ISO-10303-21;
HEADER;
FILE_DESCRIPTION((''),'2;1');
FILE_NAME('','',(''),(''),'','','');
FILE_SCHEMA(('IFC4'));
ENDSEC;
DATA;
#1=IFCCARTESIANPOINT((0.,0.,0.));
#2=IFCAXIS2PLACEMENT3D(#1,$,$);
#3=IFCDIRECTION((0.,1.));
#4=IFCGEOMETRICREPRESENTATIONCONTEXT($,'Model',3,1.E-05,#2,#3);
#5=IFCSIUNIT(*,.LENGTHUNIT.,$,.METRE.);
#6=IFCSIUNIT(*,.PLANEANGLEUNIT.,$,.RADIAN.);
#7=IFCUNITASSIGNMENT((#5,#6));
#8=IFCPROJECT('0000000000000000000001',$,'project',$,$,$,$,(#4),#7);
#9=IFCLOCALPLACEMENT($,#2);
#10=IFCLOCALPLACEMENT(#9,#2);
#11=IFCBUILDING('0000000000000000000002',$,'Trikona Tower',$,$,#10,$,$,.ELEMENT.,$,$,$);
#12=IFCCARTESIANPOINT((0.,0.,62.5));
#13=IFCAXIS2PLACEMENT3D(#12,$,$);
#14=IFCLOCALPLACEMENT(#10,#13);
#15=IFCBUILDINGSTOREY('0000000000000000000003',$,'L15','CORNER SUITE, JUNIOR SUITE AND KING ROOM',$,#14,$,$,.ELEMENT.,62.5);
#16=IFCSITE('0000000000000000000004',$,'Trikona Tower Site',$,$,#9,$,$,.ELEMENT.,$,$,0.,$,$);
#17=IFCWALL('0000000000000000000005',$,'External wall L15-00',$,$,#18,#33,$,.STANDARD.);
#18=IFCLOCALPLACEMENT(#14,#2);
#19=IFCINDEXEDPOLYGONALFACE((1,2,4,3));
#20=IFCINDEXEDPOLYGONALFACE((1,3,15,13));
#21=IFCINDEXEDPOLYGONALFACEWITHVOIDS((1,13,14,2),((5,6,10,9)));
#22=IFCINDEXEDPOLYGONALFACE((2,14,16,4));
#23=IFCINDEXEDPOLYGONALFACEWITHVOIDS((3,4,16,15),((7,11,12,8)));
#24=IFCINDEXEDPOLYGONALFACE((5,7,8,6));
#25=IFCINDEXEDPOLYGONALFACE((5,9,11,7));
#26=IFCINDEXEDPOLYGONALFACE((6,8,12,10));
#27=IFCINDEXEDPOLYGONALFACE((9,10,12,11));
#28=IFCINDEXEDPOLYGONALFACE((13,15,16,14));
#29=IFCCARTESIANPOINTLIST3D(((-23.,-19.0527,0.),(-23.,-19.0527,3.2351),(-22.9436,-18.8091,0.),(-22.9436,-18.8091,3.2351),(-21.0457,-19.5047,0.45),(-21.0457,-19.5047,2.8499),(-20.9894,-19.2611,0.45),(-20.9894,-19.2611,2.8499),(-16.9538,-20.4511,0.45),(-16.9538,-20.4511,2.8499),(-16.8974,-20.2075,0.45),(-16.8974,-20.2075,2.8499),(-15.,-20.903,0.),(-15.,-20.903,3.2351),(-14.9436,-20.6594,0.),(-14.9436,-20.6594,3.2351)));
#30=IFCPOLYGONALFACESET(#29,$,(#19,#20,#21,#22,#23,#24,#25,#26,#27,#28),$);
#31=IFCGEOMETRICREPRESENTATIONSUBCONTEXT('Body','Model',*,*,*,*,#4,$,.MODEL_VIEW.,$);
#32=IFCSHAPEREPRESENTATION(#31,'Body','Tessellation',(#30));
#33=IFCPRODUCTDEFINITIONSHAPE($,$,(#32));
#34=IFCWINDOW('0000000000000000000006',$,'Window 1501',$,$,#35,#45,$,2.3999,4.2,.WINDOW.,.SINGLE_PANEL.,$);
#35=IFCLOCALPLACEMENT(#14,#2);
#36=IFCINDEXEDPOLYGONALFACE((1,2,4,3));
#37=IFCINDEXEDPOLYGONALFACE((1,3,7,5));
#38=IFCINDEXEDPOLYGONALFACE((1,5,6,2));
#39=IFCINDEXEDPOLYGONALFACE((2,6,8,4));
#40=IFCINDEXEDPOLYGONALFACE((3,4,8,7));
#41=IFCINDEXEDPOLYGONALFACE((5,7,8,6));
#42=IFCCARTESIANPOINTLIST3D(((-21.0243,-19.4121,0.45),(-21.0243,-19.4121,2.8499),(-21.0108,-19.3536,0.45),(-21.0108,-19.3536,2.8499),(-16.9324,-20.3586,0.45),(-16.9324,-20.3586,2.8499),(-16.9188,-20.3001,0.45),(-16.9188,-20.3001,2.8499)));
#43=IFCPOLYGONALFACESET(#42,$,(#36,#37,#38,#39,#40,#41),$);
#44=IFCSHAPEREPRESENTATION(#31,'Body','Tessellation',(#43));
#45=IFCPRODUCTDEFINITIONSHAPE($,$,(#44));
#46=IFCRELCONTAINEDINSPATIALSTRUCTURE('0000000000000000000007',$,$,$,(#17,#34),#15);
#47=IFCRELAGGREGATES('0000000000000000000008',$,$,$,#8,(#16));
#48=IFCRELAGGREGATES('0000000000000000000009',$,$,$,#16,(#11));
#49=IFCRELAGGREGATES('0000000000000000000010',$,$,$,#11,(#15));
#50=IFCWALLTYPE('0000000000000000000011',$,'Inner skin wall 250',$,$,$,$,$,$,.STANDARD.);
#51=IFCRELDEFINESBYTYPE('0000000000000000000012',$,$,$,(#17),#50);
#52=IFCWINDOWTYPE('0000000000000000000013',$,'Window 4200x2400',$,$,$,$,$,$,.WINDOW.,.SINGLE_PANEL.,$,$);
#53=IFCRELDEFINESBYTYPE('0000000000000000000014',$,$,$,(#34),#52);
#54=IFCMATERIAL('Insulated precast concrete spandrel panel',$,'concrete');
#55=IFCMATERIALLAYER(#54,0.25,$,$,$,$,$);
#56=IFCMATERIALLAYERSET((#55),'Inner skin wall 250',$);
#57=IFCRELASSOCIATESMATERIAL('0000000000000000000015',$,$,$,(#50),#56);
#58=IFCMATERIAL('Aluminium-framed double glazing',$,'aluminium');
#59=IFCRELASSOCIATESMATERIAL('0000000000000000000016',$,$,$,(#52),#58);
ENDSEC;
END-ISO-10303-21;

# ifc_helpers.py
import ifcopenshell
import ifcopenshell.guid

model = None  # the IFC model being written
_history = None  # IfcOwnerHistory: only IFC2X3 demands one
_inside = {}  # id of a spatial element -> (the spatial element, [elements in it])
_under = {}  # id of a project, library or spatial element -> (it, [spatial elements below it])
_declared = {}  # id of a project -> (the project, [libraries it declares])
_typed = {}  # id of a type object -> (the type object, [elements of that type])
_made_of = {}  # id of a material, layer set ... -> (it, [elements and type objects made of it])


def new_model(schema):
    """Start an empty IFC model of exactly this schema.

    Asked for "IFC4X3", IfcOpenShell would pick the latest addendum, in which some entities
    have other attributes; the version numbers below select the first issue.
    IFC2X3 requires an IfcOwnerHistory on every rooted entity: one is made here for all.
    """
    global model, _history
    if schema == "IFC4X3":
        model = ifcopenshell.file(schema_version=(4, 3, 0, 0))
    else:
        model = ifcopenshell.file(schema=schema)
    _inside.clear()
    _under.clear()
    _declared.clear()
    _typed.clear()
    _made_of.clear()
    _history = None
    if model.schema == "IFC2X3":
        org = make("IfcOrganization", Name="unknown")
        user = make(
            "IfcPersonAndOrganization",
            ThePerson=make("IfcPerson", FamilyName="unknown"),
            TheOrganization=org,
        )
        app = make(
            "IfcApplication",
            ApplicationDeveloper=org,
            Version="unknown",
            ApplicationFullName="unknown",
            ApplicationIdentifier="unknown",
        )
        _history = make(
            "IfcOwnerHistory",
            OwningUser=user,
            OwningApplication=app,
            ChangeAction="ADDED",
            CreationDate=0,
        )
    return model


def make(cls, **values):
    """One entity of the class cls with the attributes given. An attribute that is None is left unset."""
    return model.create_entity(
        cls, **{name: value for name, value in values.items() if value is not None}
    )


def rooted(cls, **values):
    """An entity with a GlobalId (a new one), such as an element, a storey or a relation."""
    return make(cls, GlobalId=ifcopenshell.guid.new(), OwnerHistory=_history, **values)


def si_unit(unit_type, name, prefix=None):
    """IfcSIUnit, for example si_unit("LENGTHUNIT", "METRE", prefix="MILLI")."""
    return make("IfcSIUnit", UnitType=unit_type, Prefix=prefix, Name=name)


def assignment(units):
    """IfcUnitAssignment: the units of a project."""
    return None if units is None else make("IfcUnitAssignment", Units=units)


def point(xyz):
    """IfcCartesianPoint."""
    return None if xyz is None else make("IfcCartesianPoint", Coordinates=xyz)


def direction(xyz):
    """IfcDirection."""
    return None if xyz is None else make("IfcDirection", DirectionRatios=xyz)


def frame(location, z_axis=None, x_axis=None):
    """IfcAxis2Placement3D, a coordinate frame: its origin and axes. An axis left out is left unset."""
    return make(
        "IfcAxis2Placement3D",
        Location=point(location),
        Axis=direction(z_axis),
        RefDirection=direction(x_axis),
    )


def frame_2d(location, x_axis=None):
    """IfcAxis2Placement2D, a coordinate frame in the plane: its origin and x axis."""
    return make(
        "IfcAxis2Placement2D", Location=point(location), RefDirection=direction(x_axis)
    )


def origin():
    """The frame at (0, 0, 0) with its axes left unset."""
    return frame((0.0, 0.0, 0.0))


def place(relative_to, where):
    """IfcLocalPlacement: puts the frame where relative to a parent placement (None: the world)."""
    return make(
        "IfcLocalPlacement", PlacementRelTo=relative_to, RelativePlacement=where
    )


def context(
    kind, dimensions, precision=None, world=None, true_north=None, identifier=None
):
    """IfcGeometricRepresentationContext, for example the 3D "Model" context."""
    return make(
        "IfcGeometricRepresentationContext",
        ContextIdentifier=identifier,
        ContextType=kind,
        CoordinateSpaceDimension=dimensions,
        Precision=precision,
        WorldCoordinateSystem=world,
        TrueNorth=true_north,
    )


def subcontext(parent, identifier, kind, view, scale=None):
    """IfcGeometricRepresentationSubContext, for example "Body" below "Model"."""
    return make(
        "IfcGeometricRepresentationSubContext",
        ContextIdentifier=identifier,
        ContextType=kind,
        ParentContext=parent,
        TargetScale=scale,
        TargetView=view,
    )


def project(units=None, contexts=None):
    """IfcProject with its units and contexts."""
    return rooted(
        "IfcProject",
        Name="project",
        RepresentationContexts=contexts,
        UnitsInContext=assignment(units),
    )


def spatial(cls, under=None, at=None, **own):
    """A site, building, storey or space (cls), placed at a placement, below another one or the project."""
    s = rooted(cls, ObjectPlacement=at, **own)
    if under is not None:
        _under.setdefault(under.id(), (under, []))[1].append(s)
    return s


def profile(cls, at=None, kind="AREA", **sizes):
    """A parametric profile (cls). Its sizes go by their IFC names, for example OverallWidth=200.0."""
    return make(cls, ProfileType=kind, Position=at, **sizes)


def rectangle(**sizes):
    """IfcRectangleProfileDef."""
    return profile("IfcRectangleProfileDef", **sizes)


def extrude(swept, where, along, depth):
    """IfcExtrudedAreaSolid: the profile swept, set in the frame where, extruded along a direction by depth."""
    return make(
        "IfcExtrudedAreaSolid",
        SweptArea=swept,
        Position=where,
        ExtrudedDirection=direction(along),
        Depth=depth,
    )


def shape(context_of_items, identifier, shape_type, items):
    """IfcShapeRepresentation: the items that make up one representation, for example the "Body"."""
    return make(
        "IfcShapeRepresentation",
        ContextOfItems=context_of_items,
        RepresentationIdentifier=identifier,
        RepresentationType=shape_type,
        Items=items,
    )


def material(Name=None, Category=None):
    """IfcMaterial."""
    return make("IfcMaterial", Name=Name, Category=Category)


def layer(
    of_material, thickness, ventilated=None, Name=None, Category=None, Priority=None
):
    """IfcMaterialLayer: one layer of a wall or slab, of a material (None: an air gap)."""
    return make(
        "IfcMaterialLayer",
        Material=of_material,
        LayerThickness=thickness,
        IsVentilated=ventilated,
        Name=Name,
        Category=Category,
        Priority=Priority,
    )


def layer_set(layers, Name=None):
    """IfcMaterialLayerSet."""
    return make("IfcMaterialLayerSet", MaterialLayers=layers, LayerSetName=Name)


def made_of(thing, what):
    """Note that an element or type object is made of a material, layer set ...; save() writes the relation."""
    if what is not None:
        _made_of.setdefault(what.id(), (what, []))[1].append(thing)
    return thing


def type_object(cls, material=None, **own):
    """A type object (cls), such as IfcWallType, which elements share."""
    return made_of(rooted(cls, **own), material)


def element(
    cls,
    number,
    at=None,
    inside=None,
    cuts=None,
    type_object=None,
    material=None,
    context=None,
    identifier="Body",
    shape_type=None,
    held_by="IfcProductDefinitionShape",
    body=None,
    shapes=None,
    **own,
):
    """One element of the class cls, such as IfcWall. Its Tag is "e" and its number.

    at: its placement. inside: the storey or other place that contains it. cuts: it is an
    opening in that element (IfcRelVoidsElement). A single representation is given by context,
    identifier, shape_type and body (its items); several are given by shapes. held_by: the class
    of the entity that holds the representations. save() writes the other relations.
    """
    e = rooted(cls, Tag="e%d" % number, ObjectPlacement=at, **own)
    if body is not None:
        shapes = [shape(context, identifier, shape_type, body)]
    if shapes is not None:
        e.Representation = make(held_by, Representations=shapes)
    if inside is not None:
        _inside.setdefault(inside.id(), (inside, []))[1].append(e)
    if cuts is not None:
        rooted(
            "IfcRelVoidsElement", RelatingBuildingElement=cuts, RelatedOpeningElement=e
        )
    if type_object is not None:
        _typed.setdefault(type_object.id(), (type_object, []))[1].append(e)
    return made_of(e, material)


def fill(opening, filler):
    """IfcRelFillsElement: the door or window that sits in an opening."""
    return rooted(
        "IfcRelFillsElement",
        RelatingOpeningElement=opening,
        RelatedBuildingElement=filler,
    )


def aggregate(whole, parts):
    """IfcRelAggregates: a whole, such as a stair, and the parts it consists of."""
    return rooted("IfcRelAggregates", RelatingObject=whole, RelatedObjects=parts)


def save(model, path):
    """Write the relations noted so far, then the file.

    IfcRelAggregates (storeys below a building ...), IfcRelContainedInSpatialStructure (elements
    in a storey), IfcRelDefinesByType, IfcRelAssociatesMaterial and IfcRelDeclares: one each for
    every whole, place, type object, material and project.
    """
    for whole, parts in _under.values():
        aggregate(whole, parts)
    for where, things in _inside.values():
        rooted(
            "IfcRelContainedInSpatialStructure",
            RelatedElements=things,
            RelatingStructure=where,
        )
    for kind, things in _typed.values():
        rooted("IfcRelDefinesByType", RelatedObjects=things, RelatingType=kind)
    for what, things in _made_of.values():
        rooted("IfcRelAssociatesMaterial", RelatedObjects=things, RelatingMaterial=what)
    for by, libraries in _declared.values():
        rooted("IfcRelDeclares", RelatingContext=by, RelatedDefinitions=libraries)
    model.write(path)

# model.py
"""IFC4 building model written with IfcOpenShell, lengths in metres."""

from ifc_helpers import new_model, si_unit, direction, frame, frame_2d, origin, place, context, subcontext, project, spatial, rectangle, extrude, material, layer, layer_set, type_object, element, fill, save


model = new_model("IFC4")

# Units and contexts
model_context = context("Model", 3, precision=1e-05, world=origin(), true_north=direction((0.0, 1.0)))
body_context = subcontext(model_context, "Body", "Model", "MODEL_VIEW")
ifc_project = project(units=[si_unit("LENGTHUNIT", "METRE"), si_unit("PLANEANGLEUNIT", "RADIAN")], contexts=[model_context])

# Site, building, storey
site_placement = place(None, origin())
site = spatial("IfcSite", under=ifc_project, at=site_placement, Name="Trikona Tower Site", CompositionType="ELEMENT", RefElevation=0.0)
building_placement = place(site_placement, origin())
building = spatial("IfcBuilding", under=site, at=building_placement, Name="Trikona Tower", CompositionType="ELEMENT")
storey_placement = place(building_placement, frame((0.0, 0.0, 62.5)))
storey = spatial("IfcBuildingStorey", under=building, at=storey_placement, Name="L15", Description="CORNER SUITE, JUNIOR SUITE AND KING ROOM", CompositionType="ELEMENT", Elevation=62.5)

# Wall, opening, window
ifc_material_1 = material(Name="Insulated precast concrete spandrel panel", Category="concrete")
ifc_layer_1 = layer(ifc_material_1, 0.25)
ifc_layer_set_1 = layer_set([ifc_layer_1], Name="Inner skin wall 250")
wall_type_1 = type_object("IfcWallType", Name="Inner skin wall 250", PredefinedType="STANDARD", material=ifc_layer_set_1)
wall_1_placement = place(storey_placement, frame((-22.9717, -18.9309, 0.0), z_axis=(0.0, 0.0, 1.0), x_axis=(0.974279, -0.225344, 0.0)))
wall_1 = element("IfcWall", 1, at=wall_1_placement, inside=storey, type_object=wall_type_1, Name="External wall L15-00", PredefinedType="STANDARD", context=body_context, shape_type="SweptSolid", body=[
    extrude(rectangle(XDim=8.2112, YDim=0.25, at=frame_2d((4.1055, 0.0))), origin(), (0.0, 0.0, 1.0), 3.2351),
])
opening_1_placement = place(wall_1_placement, frame((2.0056, 0.0, 0.45)))
opening_1 = element("IfcOpeningElement", 2, at=opening_1_placement, cuts=wall_1, PredefinedType="OPENING", context=body_context, shape_type="SweptSolid", body=[
    extrude(rectangle(XDim=4.2, YDim=2.3999, at=frame_2d((2.1001, 1.2))), frame((0.0, 0.135, 0.0), z_axis=(0.0, -1.0, 0.0), x_axis=(1.0, 0.0, 0.0)), (0.0, 0.0, 1.0), 0.27),
])
ifc_material_2 = material(Name="Aluminium-framed double glazing", Category="aluminium")
window_type_1 = type_object("IfcWindowType", Name="Window 4200x2400", PartitioningType="SINGLE_PANEL", PredefinedType="WINDOW", material=ifc_material_2)
window_1_placement = place(opening_1_placement, origin())
window_1 = element("IfcWindow", 3, at=window_1_placement, inside=storey, type_object=window_type_1, Name="Window 1501", OverallHeight=2.3999, OverallWidth=4.2, PartitioningType="SINGLE_PANEL", PredefinedType="WINDOW", context=body_context, shape_type="SweptSolid", body=[
    extrude(rectangle(XDim=4.2, YDim=2.3999, at=frame_2d((2.1001, 1.2))), frame((0.0, 0.03, 0.0), z_axis=(0.0, -1.0, 0.0), x_axis=(1.0, 0.0, 0.0)), (0.0, 0.0, 1.0), 0.0601),
])
fill(opening_1, window_1)

save(model, "model.ifc")
